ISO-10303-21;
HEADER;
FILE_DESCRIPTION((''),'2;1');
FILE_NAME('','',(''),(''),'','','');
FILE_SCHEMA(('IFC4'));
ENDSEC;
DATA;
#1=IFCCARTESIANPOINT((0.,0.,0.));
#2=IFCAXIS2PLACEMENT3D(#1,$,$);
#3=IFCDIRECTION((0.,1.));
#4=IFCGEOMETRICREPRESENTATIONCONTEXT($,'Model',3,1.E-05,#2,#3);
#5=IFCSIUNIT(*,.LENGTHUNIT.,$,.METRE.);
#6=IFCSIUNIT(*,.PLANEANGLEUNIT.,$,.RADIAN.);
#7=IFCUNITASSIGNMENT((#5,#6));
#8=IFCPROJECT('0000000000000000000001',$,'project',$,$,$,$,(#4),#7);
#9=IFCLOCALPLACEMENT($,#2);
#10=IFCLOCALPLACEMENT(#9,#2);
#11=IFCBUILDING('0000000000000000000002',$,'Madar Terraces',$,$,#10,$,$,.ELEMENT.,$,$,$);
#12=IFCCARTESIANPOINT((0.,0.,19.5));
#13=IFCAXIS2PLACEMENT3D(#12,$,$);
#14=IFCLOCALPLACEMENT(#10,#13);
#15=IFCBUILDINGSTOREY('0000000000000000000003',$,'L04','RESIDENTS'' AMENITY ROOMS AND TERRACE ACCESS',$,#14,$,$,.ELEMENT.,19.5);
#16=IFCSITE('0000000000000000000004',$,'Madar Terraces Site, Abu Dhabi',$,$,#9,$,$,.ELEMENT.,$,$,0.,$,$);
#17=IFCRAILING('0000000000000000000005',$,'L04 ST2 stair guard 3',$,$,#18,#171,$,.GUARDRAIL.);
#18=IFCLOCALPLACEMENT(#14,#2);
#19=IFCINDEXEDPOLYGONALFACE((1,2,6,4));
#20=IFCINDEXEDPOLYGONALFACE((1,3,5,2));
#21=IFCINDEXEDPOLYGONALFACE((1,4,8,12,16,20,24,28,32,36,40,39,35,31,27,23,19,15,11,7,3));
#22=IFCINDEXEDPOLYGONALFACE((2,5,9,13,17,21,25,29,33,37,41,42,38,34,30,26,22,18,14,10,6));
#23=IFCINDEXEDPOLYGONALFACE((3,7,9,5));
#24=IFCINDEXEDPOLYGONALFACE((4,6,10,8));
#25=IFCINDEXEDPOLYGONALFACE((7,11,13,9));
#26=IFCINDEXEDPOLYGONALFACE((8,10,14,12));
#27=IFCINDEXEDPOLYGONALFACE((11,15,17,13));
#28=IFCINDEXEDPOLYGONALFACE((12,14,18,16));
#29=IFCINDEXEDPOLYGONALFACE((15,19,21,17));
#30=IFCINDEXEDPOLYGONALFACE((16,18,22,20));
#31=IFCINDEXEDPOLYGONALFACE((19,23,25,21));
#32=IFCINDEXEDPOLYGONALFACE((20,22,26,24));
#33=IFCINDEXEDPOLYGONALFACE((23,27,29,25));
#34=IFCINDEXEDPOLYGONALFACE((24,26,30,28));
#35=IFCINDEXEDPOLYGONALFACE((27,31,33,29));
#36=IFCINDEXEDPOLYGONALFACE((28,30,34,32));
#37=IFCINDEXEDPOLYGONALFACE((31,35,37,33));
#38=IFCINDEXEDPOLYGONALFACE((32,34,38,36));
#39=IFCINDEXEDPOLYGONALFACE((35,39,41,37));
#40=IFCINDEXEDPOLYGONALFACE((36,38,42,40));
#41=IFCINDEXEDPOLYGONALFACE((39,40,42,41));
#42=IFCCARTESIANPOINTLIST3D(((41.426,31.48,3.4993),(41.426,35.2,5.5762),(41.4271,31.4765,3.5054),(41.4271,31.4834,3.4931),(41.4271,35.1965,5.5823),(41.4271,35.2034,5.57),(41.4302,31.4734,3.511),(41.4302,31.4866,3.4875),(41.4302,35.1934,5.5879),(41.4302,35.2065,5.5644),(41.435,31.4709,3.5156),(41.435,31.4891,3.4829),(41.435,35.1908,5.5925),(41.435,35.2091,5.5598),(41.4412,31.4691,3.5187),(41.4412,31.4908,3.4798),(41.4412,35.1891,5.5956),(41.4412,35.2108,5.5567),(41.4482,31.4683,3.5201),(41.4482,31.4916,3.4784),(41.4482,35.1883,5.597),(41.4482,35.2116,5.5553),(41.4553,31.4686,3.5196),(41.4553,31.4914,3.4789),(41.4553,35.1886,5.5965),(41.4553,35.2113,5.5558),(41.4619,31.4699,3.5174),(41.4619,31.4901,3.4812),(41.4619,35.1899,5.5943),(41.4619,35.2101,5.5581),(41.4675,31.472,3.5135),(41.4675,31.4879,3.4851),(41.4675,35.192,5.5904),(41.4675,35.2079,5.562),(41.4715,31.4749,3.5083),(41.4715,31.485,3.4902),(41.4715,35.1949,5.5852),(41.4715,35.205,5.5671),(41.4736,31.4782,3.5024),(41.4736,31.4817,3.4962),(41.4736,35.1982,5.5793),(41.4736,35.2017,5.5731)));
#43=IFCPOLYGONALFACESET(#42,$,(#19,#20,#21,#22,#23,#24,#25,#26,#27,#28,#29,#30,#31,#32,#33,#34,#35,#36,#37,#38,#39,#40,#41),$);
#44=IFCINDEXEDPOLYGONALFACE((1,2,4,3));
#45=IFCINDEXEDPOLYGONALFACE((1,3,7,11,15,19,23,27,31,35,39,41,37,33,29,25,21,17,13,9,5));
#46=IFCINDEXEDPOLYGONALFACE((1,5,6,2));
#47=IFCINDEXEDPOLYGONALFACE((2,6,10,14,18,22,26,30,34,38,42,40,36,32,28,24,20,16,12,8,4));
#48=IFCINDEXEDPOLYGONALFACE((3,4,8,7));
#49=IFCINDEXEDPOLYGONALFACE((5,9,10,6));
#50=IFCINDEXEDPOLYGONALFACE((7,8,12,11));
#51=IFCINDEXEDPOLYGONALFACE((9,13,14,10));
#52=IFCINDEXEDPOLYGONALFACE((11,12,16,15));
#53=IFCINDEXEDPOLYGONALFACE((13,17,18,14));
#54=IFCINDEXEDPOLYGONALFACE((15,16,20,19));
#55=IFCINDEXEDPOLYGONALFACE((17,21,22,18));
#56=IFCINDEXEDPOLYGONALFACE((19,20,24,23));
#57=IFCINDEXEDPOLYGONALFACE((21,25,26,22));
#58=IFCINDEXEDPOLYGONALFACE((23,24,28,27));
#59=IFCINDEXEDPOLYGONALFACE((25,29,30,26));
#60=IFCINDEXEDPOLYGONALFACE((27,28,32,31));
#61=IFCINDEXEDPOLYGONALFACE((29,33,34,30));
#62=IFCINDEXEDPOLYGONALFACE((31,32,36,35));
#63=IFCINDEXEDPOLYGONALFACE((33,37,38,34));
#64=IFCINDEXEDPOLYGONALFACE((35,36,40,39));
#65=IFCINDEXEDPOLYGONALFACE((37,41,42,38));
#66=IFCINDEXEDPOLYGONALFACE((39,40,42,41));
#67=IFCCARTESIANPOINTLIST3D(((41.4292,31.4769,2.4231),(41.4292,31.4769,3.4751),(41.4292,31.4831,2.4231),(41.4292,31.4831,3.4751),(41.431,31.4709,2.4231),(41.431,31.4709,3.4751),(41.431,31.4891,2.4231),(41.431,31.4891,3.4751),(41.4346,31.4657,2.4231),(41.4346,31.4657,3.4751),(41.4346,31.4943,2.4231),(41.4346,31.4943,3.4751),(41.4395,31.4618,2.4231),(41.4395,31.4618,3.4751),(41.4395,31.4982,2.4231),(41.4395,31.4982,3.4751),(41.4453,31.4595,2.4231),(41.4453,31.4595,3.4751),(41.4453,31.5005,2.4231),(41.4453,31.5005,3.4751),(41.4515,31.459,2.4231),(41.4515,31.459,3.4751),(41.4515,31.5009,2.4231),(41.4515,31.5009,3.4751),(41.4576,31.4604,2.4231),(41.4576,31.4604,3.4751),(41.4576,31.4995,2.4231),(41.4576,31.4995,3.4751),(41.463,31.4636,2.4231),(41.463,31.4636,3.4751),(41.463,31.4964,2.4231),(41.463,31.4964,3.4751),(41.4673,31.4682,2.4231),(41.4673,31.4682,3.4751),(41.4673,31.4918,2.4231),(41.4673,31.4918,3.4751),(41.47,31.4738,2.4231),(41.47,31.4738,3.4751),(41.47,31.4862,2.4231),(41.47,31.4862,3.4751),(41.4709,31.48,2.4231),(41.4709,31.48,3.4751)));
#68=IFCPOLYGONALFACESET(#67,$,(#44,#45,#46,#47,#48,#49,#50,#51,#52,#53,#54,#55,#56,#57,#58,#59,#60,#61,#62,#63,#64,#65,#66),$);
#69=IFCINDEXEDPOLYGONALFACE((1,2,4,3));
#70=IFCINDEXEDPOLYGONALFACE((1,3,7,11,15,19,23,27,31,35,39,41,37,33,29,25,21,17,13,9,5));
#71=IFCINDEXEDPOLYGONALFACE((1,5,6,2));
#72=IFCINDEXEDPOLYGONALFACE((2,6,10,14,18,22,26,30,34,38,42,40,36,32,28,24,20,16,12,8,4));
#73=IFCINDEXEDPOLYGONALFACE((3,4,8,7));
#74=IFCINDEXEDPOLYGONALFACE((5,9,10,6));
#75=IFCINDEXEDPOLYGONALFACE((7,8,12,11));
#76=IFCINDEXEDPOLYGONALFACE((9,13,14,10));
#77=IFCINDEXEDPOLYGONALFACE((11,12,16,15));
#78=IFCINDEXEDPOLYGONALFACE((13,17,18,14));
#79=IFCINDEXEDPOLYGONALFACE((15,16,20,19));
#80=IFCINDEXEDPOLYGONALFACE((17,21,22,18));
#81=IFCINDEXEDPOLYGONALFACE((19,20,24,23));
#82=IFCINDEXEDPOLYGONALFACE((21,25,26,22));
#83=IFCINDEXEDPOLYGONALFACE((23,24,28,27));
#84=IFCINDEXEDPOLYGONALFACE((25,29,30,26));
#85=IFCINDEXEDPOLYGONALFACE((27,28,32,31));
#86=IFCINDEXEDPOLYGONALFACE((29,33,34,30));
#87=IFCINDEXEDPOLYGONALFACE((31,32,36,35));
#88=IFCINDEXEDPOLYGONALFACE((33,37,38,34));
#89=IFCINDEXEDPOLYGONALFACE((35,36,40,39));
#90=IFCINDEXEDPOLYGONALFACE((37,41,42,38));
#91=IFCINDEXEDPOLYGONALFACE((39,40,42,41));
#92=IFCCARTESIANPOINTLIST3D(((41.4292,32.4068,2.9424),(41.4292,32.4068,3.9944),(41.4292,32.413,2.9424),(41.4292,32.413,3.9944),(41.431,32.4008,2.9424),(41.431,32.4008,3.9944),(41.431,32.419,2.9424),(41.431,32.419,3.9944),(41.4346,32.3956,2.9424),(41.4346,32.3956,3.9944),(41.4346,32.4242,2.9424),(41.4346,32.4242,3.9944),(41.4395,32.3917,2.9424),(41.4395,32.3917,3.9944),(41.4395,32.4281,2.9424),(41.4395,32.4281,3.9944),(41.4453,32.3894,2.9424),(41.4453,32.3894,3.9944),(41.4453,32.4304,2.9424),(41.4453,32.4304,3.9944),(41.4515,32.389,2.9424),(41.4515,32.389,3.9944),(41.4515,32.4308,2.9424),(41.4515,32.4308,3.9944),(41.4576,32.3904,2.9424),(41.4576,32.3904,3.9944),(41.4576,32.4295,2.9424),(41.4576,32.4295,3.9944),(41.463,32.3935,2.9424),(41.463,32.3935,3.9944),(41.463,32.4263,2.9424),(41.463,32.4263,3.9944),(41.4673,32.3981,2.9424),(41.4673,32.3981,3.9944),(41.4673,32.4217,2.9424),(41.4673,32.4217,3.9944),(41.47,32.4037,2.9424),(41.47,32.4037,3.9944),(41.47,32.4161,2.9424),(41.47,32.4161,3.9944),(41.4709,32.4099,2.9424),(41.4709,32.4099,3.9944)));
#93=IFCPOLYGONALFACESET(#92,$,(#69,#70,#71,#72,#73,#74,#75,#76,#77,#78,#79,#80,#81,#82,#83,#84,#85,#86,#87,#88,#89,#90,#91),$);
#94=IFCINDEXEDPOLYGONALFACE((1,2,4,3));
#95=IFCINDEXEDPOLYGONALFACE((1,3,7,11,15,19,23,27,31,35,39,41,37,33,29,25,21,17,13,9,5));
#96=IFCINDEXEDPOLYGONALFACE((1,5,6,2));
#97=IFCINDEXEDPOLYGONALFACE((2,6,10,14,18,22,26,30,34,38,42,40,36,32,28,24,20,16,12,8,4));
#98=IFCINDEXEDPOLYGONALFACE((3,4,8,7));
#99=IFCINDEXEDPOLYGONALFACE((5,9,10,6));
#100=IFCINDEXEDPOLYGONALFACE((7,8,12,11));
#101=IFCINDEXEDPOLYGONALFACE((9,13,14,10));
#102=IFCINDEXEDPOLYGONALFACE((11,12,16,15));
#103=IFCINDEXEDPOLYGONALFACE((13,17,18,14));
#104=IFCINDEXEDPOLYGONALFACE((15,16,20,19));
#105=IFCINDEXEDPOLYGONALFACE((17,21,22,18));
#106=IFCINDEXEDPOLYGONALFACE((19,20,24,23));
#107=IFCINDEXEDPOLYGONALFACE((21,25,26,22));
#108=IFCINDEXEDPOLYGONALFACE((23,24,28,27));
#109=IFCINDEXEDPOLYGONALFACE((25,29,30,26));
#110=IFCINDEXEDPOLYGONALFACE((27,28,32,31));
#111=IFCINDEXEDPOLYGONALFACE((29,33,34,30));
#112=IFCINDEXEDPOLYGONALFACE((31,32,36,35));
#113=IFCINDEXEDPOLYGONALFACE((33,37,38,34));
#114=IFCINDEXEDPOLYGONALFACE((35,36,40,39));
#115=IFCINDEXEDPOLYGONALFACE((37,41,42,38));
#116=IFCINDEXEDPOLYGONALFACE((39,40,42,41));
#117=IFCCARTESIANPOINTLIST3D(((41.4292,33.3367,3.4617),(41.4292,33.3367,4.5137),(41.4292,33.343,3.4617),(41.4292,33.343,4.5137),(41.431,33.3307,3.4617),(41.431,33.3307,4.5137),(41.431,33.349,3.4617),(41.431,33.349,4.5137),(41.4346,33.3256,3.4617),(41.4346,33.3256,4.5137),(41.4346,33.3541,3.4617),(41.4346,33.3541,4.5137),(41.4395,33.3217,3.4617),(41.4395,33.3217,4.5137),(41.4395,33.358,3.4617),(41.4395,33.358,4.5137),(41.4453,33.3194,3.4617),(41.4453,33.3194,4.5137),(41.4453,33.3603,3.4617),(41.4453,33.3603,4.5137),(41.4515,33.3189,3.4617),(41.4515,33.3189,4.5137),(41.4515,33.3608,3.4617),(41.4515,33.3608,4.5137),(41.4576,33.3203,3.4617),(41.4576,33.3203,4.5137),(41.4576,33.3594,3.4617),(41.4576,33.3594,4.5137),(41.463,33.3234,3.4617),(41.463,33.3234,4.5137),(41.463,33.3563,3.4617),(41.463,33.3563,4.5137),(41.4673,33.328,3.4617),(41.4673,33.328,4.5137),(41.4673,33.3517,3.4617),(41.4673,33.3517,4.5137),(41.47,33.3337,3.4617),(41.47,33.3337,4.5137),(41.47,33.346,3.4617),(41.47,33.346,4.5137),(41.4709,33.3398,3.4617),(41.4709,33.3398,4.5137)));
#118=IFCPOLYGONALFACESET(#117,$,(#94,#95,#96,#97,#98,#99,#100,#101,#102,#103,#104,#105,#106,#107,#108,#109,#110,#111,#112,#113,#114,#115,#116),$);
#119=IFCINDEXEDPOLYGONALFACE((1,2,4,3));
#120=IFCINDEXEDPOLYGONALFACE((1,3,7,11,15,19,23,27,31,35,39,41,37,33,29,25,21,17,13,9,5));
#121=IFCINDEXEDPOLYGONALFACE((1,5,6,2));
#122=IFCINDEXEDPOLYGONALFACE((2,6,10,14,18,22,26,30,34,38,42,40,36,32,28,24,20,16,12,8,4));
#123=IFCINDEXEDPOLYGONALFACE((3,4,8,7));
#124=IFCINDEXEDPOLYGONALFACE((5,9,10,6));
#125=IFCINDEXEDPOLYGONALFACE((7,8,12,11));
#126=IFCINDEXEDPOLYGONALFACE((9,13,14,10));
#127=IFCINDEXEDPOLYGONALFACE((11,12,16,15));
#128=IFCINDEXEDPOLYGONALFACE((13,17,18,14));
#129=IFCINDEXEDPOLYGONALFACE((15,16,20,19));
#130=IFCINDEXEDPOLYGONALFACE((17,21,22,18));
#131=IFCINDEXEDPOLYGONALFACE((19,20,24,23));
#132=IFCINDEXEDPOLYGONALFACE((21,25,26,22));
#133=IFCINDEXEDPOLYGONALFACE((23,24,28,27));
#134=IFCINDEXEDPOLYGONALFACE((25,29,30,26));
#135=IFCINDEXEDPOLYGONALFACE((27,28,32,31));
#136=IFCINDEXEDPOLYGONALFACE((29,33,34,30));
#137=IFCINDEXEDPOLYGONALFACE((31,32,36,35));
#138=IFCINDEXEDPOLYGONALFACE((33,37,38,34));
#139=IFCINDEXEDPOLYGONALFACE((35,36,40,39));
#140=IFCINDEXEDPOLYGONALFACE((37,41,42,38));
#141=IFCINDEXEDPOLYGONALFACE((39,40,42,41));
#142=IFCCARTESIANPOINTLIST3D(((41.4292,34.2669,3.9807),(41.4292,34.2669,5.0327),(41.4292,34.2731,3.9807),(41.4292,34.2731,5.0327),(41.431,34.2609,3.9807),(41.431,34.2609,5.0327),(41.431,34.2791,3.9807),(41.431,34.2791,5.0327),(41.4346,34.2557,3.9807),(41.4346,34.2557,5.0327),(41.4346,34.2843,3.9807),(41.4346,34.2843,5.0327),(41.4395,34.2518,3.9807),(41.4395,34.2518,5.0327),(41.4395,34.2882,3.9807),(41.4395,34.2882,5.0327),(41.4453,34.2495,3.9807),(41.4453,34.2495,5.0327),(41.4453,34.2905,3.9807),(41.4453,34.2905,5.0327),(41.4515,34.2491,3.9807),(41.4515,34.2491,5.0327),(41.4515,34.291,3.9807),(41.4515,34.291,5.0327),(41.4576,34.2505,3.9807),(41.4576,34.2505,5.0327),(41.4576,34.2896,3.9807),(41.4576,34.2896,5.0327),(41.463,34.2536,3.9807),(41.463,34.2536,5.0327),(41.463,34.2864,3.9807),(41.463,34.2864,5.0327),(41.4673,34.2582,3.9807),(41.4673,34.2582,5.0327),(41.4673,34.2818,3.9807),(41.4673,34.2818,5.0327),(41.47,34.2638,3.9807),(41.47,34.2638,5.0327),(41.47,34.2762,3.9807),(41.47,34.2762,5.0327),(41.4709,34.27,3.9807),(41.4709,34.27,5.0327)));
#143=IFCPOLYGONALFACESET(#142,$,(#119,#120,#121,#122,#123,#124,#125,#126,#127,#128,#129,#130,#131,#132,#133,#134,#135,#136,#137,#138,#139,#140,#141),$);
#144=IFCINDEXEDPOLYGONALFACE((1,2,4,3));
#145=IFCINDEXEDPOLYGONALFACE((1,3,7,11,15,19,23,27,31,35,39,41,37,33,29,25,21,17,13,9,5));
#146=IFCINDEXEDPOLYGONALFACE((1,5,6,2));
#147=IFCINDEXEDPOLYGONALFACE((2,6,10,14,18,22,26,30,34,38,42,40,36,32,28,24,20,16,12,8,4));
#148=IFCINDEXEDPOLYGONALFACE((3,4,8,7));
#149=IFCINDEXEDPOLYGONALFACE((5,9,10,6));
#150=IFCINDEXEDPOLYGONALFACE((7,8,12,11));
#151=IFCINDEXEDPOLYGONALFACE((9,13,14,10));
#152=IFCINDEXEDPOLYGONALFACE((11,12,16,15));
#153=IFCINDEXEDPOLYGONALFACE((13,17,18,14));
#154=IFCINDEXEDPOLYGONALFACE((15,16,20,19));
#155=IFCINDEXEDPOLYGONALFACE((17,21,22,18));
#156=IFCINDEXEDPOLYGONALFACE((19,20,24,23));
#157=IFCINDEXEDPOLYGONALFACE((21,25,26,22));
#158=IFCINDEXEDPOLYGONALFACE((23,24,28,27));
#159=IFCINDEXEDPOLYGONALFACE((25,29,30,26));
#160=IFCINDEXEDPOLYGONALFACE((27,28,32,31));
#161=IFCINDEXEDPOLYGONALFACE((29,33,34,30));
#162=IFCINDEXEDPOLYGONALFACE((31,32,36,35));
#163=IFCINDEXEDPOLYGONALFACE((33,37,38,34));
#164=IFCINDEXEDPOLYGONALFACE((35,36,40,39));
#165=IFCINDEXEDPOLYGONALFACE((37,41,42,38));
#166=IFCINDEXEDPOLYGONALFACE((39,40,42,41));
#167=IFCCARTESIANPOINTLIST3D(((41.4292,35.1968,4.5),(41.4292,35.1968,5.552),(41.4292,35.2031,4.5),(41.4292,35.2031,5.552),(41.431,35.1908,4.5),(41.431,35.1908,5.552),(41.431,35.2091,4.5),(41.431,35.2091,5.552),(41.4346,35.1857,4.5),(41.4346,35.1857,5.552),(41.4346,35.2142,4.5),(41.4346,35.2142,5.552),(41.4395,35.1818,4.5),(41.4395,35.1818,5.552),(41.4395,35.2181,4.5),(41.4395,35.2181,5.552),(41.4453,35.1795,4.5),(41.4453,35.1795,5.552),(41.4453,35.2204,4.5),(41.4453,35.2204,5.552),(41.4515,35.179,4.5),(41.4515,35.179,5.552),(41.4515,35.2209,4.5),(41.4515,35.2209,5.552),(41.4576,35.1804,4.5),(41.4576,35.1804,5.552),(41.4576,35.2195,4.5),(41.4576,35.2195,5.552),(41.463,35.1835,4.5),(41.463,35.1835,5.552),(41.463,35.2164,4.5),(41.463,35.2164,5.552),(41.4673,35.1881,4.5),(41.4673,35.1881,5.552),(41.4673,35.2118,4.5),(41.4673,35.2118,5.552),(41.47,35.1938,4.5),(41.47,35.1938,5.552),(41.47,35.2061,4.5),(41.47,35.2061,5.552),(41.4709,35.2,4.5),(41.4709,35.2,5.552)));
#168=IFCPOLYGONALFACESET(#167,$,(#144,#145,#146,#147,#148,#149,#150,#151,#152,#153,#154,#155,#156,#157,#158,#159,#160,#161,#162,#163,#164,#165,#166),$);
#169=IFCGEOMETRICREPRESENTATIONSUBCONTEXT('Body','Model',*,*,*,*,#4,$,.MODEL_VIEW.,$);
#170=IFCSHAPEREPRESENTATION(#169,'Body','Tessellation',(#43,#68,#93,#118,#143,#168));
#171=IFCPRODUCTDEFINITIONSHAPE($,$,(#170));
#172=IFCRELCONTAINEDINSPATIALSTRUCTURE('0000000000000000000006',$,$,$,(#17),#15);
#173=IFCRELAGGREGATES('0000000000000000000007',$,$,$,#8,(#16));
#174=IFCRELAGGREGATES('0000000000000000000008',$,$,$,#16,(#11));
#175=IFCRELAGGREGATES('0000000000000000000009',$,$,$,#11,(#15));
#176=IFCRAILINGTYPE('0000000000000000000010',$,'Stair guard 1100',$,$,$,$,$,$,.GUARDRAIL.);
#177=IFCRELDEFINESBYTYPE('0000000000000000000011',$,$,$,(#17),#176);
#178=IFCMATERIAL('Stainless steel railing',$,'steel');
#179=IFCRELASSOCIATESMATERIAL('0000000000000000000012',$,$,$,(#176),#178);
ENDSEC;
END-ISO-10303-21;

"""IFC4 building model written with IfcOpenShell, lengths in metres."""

from ifc_helpers import new_model, si_unit, direction, frame, origin, origin_2d, place, context, subcontext, project, spatial, circle, extrude, material, type_object, element, save


model = new_model("IFC4")

# Units and contexts
model_context = context("Model", 3, precision=1e-05, world=origin(), true_north=direction((0.0, 1.0)))
body_context = subcontext(model_context, "Body", "Model", "MODEL_VIEW")
ifc_project = project(units=[si_unit("LENGTHUNIT", "METRE"), si_unit("PLANEANGLEUNIT", "RADIAN")], contexts=[model_context])

# Site, building, storey
site_placement = place(None, origin())
site = spatial("IfcSite", under=ifc_project, at=site_placement, Name="Madar Terraces Site, Abu Dhabi", CompositionType="ELEMENT", RefElevation=0.0)
building_placement = place(site_placement, origin())
building = spatial("IfcBuilding", under=site, at=building_placement, Name="Madar Terraces", CompositionType="ELEMENT")
storey_placement = place(building_placement, frame((0.0, 0.0, 19.5)))
storey = spatial("IfcBuildingStorey", under=building, at=storey_placement, Name="L04", Description="RESIDENTS' AMENITY ROOMS AND TERRACE ACCESS", CompositionType="ELEMENT", Elevation=19.5)

# Railing
ifc_material_1 = material(Name="Stainless steel railing", Category="steel")
railing_type_1 = type_object("IfcRailingType", Name="Stair guard 1100", PredefinedType="GUARDRAIL", material=ifc_material_1)
railing_1_placement = place(storey_placement, frame((41.45, 31.48, 2.4231)))
element("IfcRailing", 1, at=railing_1_placement, inside=storey, type_object=railing_type_1, Name="L04 ST2 stair guard 3", PredefinedType="GUARDRAIL", context=body_context, shape_type="SweptSolid", body=[
    extrude(circle(Radius=0.0239, at=origin_2d()), frame((0.0, 0.0, 1.0762), z_axis=(0.0, 0.873134, 0.487481), x_axis=(-1.0, 0.0, 0.0)), (0.0, 0.0, 1.0), 4.2605),
    extrude(circle(Radius=0.021, at=origin_2d()), origin(), (0.0, 0.0, 1.0), 1.052),
    extrude(circle(Radius=0.021, at=origin_2d()), frame((0.0, 0.9299, 0.5193)), (0.0, 0.0, 1.0), 1.052),
    extrude(circle(Radius=0.021, at=origin_2d()), frame((0.0, 1.8599, 1.0386)), (0.0, 0.0, 1.0), 1.052),
    extrude(circle(Radius=0.021, at=origin_2d()), frame((0.0, 2.79, 1.5576)), (0.0, 0.0, 1.0), 1.052),
    extrude(circle(Radius=0.021, at=origin_2d()), frame((0.0, 3.72, 2.0769)), (0.0, 0.0, 1.0), 1.052),
])

save(model, "model.ifc")
